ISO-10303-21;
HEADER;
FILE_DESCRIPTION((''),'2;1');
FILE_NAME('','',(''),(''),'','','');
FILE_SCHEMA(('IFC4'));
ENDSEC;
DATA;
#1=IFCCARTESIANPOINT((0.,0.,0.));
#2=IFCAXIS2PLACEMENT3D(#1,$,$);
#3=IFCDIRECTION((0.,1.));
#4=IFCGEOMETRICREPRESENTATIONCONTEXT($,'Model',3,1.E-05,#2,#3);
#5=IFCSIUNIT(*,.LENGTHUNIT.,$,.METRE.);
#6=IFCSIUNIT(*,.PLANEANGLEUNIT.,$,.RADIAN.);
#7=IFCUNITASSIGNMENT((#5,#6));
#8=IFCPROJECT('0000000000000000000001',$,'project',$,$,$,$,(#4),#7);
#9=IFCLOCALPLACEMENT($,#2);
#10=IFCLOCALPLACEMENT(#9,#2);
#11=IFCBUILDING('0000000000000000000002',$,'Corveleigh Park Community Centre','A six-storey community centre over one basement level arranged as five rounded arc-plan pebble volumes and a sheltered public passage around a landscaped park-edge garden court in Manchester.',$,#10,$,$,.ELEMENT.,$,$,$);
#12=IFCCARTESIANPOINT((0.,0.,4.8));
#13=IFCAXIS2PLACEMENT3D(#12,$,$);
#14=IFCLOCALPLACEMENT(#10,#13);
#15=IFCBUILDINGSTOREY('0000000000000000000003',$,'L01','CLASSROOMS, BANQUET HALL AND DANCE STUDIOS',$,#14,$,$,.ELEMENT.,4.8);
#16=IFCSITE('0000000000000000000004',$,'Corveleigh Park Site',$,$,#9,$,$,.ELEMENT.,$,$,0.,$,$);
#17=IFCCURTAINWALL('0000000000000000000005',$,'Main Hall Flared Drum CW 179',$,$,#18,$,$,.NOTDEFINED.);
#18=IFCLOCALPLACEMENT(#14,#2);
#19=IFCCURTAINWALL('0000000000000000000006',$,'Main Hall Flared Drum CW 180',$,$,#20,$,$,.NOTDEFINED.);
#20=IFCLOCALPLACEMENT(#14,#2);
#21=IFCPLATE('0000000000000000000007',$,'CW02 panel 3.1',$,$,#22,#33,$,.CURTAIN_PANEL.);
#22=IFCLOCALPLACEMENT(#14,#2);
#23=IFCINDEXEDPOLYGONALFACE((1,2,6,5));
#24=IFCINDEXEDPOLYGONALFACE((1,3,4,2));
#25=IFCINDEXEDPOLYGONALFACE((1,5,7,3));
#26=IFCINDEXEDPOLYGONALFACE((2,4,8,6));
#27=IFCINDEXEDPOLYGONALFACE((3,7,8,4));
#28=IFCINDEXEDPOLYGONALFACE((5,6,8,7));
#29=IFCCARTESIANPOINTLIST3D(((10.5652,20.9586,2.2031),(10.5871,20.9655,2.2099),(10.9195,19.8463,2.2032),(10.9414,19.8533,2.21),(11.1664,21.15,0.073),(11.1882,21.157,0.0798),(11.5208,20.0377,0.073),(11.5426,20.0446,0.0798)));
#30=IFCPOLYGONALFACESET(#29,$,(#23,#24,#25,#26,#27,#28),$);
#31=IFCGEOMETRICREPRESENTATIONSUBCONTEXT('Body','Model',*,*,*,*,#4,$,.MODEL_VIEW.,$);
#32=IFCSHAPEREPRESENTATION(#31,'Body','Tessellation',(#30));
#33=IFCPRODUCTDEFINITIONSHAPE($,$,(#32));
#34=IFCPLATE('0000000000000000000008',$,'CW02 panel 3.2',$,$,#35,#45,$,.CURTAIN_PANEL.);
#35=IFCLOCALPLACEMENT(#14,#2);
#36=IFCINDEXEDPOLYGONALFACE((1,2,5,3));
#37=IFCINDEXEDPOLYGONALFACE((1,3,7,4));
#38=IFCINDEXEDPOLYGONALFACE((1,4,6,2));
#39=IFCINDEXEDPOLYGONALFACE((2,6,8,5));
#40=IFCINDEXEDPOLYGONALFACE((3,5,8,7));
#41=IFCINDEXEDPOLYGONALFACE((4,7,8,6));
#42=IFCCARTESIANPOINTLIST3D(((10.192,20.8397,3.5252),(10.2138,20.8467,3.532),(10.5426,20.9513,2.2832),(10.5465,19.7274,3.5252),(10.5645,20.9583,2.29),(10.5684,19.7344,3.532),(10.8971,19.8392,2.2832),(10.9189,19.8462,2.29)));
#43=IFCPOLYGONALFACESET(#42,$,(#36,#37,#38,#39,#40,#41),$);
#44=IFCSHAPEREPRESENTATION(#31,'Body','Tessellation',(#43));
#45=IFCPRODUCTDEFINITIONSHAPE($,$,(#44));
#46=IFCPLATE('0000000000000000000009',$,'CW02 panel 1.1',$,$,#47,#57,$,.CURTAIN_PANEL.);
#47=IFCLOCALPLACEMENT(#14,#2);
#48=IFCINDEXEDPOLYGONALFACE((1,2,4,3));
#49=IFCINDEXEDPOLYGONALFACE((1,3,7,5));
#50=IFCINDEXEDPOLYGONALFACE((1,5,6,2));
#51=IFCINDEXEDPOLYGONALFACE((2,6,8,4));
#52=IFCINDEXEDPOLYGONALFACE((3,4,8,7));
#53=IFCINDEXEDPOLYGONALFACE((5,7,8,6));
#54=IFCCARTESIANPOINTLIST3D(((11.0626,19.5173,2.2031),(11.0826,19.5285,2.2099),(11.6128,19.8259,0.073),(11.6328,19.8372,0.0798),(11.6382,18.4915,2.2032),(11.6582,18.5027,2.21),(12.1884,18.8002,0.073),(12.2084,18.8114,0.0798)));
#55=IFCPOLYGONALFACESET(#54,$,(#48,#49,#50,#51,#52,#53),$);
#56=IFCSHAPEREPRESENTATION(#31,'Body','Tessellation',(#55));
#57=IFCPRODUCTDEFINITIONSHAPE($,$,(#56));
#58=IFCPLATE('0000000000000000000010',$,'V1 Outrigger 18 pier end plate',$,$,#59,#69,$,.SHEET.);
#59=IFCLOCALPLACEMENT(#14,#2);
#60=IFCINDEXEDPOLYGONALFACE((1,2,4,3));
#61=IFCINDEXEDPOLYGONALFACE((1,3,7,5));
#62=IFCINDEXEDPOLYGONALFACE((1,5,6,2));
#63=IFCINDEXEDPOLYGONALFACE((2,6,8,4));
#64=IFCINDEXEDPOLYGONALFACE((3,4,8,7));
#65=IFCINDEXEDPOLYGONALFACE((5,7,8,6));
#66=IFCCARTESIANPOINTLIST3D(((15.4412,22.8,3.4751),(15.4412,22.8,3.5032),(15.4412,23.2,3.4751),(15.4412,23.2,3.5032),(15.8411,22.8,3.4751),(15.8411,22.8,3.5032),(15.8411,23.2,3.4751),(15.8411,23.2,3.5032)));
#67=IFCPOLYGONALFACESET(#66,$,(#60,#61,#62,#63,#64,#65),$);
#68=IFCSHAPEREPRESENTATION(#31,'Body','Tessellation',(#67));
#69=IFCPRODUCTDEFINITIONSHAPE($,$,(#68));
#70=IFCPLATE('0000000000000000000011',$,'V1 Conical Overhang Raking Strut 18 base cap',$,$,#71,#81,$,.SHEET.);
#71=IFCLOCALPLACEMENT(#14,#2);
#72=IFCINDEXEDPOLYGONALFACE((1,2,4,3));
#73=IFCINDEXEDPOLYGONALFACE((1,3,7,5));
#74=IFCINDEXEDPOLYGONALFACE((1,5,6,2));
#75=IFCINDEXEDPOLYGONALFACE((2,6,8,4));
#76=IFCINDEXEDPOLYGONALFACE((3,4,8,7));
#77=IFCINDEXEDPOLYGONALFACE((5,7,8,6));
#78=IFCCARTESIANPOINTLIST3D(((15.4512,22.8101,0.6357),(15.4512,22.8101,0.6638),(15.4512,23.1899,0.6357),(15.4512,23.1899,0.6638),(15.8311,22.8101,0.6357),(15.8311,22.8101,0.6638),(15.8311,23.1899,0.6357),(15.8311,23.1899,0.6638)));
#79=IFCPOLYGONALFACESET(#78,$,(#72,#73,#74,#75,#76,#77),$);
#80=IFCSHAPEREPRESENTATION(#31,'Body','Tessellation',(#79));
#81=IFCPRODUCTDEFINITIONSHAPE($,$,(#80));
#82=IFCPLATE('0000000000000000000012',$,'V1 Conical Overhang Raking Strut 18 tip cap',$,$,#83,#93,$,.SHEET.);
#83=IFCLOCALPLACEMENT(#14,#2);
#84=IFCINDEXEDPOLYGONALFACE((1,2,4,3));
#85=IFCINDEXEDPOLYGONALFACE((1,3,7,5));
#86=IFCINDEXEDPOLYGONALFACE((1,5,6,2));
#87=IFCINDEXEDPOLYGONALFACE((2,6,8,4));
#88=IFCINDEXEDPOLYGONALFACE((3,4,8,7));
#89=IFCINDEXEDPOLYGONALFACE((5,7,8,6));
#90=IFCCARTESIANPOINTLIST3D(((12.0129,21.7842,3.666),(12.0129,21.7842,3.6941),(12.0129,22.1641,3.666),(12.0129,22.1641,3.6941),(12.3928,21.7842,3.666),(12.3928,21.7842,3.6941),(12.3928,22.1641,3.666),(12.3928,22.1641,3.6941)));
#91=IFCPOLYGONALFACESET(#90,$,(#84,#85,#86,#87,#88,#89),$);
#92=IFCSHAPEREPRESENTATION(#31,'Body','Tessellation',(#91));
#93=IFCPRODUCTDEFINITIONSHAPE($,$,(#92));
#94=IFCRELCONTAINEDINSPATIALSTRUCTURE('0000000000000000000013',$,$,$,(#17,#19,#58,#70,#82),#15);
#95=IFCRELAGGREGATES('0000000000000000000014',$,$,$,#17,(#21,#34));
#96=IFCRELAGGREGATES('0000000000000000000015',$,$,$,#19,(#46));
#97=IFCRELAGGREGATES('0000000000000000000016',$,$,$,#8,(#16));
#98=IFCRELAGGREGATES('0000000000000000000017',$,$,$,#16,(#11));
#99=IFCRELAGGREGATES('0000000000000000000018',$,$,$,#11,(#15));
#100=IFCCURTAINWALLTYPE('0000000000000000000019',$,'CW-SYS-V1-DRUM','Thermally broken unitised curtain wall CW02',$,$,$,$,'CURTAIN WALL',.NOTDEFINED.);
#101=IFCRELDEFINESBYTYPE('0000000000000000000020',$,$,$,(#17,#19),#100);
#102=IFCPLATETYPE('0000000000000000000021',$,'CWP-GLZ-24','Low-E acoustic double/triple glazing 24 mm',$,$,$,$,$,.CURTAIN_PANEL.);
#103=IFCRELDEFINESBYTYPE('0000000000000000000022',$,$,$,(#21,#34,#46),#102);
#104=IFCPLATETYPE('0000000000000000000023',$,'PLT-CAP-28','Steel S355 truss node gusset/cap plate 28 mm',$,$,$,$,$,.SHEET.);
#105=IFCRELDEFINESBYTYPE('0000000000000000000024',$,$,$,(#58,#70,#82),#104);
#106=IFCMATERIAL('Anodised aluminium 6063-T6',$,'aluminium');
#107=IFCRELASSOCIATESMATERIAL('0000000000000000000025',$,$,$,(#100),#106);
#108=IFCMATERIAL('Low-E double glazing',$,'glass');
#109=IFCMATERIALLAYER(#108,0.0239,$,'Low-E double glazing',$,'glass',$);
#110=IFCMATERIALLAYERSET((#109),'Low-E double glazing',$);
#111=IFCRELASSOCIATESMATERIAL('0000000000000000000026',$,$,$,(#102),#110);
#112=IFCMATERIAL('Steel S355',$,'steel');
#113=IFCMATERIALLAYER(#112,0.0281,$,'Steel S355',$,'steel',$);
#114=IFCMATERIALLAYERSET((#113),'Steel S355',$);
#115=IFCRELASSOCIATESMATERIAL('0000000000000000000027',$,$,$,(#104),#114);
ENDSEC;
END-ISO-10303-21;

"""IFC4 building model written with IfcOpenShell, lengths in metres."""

from ifc_helpers import new_model, si_unit, direction, frame, origin, origin_2d, place, context, subcontext, project, spatial, polyline, rectangle, outline, extrude, material, layer, layer_set, type_object, element, aggregate, save


model = new_model("IFC4")

# Units and contexts
model_context = context("Model", 3, precision=1e-05, world=origin(), true_north=direction((0.0, 1.0)))
body_context = subcontext(model_context, "Body", "Model", "MODEL_VIEW")
ifc_project = project(units=[si_unit("LENGTHUNIT", "METRE"), si_unit("PLANEANGLEUNIT", "RADIAN")], contexts=[model_context])

# Site, building, storey
site_placement = place(None, origin())
site = spatial("IfcSite", under=ifc_project, at=site_placement, Name="Corveleigh Park Site", CompositionType="ELEMENT", RefElevation=0.0)
building_placement = place(site_placement, origin())
building = spatial("IfcBuilding", under=site, at=building_placement, Name="Corveleigh Park Community Centre", Description="A six-storey community centre over one basement level arranged as five rounded arc-plan pebble volumes and a sheltered public passage around a landscaped park-edge garden court in Manchester.", CompositionType="ELEMENT")
storey_placement = place(building_placement, frame((0.0, 0.0, 4.8)))
storey = spatial("IfcBuildingStorey", under=building, at=storey_placement, Name="L01", Description="CLASSROOMS, BANQUET HALL AND DANCE STUDIOS", CompositionType="ELEMENT", Elevation=4.8)

# Shared definitions
ifc_material_1 = material(Name="Steel S355", Category="steel")

# Curtain wall
ifc_material_2 = material(Name="Anodised aluminium 6063-T6", Category="aluminium")
curtain_wall_type = type_object("IfcCurtainWallType", Name="CW-SYS-V1-DRUM", Description="Thermally broken unitised curtain wall CW02", ElementType="CURTAIN WALL", PredefinedType="NOTDEFINED", material=ifc_material_2)
curtain_wall_1_placement = place(storey_placement, origin())
curtain_wall_1 = element("IfcCurtainWall", 1, at=curtain_wall_1_placement, inside=storey, type_object=curtain_wall_type, Name="Main Hall Flared Drum CW 179", PredefinedType="NOTDEFINED")

# Curtain wall
curtain_wall_2_placement = place(storey_placement, origin())
curtain_wall_2 = element("IfcCurtainWall", 2, at=curtain_wall_2_placement, inside=storey, type_object=curtain_wall_type, Name="Main Hall Flared Drum CW 180", PredefinedType="NOTDEFINED")

# Plates
ifc_material_3 = material(Name="Low-E double glazing", Category="glass")
ifc_layer_1 = layer(ifc_material_3, 0.0239, Name="Low-E double glazing", Category="glass")
ifc_layer_set_1 = layer_set([ifc_layer_1], Name="Low-E double glazing")
plate_type_1 = type_object("IfcPlateType", Name="CWP-GLZ-24", Description="Low-E acoustic double/triple glazing 24 mm", PredefinedType="CURTAIN_PANEL", material=ifc_layer_set_1)
plate_1_placement = place(storey_placement, frame((11.1882, 21.157, 0.0798), z_axis=(0.913581, 0.291059, 0.283998), x_axis=(0.303565, -0.952811, -0.000027)))
plate_1 = element("IfcPlate", 3, at=plate_1_placement, type_object=plate_type_1, Name="CW02 panel 3.1", PredefinedType="CURTAIN_PANEL", context=body_context, shape_type="SweptSolid", body=[
    extrude(outline(polyline([(0.0, 0.0), (1.1674, 0.0), (1.1672, -2.2216), (-0.0001, -2.2216), (0.0, 0.0)])), origin(), (0.0, 0.0, -1.0), 0.0239),
])
plate_2_placement = place(storey_placement, frame((10.5645, 20.9583, 2.29), z_axis=(0.913524, 0.291173, 0.284064), x_axis=(0.303685, -0.952772, -0.000009)))
plate_2 = element("IfcPlate", 4, at=plate_2_placement, type_object=plate_type_1, Name="CW02 panel 3.2", PredefinedType="CURTAIN_PANEL", context=body_context, shape_type="SweptSolid", body=[
    extrude(outline(polyline([(0.0, 0.0), (1.1672, 0.0), (1.1673, -1.2953), (-0.0002, -1.2953), (0.0, 0.0)])), origin(), (0.0, 0.0, -1.0), 0.0239),
])
aggregate(curtain_wall_1, [plate_1, plate_2])
plate_3_placement = place(storey_placement, frame((11.6328, 19.8372, 0.0798), z_axis=(0.836192, 0.469195, 0.283972), x_axis=(0.489349, -0.872088, -0.000038)))
plate_3 = element("IfcPlate", 5, at=plate_3_placement, type_object=plate_type_1, Name="CW02 panel 1.1", PredefinedType="CURTAIN_PANEL", context=body_context, shape_type="SweptSolid", body=[
    extrude(outline(polyline([(0.0, 0.0), (1.1762, 0.0), (1.1761, -2.2216), (-0.0001, -2.2215), (0.0, 0.0)])), origin(), (0.0, 0.0, -1.0), 0.0239),
])
aggregate(curtain_wall_2, [plate_3])

# Plates
ifc_layer_2 = layer(ifc_material_1, 0.0281, Name="Steel S355", Category="steel")
ifc_layer_set_2 = layer_set([ifc_layer_2], Name="Steel S355")
plate_type_2 = type_object("IfcPlateType", Name="PLT-CAP-28", Description="Steel S355 truss node gusset/cap plate 28 mm", PredefinedType="SHEET", material=ifc_layer_set_2)
plate_4_placement = place(storey_placement, frame((15.6411, 23.0, 3.4751), z_axis=(0.0, 0.0, 1.0), x_axis=(1.0, 0.0, 0.0)))
element("IfcPlate", 6, at=plate_4_placement, inside=storey, type_object=plate_type_2, Name="V1 Outrigger 18 pier end plate", PredefinedType="SHEET", context=body_context, shape_type="SweptSolid", body=[
    extrude(rectangle(XDim=0.3999, YDim=0.3999, at=origin_2d()), origin(), (0.0, 0.0, 1.0), 0.0281),
])
for number, where, z_axis, x_axis, name in (
    (7, (15.6411, 23.0, 0.6357), (0.0, 0.0, 1.0), (1.0, 0.0, 0.0), "V1 Conical Overhang Raking Strut 18 base cap"),
    (8, (12.2029, 21.9741, 3.666), (0.0, 0.0, 1.0), (1.0, 0.0, 0.0), "V1 Conical Overhang Raking Strut 18 tip cap"),
):
    element("IfcPlate", number, at=place(storey_placement, frame(where, z_axis=z_axis, x_axis=x_axis)), inside=storey, type_object=plate_type_2, Name=name, PredefinedType="SHEET", context=body_context, shape_type="SweptSolid", body=[
        extrude(rectangle(XDim=0.3799, YDim=0.3799, at=origin_2d()), origin(), (0.0, 0.0, 1.0), 0.0281),
    ])

save(model, "model.ifc")
